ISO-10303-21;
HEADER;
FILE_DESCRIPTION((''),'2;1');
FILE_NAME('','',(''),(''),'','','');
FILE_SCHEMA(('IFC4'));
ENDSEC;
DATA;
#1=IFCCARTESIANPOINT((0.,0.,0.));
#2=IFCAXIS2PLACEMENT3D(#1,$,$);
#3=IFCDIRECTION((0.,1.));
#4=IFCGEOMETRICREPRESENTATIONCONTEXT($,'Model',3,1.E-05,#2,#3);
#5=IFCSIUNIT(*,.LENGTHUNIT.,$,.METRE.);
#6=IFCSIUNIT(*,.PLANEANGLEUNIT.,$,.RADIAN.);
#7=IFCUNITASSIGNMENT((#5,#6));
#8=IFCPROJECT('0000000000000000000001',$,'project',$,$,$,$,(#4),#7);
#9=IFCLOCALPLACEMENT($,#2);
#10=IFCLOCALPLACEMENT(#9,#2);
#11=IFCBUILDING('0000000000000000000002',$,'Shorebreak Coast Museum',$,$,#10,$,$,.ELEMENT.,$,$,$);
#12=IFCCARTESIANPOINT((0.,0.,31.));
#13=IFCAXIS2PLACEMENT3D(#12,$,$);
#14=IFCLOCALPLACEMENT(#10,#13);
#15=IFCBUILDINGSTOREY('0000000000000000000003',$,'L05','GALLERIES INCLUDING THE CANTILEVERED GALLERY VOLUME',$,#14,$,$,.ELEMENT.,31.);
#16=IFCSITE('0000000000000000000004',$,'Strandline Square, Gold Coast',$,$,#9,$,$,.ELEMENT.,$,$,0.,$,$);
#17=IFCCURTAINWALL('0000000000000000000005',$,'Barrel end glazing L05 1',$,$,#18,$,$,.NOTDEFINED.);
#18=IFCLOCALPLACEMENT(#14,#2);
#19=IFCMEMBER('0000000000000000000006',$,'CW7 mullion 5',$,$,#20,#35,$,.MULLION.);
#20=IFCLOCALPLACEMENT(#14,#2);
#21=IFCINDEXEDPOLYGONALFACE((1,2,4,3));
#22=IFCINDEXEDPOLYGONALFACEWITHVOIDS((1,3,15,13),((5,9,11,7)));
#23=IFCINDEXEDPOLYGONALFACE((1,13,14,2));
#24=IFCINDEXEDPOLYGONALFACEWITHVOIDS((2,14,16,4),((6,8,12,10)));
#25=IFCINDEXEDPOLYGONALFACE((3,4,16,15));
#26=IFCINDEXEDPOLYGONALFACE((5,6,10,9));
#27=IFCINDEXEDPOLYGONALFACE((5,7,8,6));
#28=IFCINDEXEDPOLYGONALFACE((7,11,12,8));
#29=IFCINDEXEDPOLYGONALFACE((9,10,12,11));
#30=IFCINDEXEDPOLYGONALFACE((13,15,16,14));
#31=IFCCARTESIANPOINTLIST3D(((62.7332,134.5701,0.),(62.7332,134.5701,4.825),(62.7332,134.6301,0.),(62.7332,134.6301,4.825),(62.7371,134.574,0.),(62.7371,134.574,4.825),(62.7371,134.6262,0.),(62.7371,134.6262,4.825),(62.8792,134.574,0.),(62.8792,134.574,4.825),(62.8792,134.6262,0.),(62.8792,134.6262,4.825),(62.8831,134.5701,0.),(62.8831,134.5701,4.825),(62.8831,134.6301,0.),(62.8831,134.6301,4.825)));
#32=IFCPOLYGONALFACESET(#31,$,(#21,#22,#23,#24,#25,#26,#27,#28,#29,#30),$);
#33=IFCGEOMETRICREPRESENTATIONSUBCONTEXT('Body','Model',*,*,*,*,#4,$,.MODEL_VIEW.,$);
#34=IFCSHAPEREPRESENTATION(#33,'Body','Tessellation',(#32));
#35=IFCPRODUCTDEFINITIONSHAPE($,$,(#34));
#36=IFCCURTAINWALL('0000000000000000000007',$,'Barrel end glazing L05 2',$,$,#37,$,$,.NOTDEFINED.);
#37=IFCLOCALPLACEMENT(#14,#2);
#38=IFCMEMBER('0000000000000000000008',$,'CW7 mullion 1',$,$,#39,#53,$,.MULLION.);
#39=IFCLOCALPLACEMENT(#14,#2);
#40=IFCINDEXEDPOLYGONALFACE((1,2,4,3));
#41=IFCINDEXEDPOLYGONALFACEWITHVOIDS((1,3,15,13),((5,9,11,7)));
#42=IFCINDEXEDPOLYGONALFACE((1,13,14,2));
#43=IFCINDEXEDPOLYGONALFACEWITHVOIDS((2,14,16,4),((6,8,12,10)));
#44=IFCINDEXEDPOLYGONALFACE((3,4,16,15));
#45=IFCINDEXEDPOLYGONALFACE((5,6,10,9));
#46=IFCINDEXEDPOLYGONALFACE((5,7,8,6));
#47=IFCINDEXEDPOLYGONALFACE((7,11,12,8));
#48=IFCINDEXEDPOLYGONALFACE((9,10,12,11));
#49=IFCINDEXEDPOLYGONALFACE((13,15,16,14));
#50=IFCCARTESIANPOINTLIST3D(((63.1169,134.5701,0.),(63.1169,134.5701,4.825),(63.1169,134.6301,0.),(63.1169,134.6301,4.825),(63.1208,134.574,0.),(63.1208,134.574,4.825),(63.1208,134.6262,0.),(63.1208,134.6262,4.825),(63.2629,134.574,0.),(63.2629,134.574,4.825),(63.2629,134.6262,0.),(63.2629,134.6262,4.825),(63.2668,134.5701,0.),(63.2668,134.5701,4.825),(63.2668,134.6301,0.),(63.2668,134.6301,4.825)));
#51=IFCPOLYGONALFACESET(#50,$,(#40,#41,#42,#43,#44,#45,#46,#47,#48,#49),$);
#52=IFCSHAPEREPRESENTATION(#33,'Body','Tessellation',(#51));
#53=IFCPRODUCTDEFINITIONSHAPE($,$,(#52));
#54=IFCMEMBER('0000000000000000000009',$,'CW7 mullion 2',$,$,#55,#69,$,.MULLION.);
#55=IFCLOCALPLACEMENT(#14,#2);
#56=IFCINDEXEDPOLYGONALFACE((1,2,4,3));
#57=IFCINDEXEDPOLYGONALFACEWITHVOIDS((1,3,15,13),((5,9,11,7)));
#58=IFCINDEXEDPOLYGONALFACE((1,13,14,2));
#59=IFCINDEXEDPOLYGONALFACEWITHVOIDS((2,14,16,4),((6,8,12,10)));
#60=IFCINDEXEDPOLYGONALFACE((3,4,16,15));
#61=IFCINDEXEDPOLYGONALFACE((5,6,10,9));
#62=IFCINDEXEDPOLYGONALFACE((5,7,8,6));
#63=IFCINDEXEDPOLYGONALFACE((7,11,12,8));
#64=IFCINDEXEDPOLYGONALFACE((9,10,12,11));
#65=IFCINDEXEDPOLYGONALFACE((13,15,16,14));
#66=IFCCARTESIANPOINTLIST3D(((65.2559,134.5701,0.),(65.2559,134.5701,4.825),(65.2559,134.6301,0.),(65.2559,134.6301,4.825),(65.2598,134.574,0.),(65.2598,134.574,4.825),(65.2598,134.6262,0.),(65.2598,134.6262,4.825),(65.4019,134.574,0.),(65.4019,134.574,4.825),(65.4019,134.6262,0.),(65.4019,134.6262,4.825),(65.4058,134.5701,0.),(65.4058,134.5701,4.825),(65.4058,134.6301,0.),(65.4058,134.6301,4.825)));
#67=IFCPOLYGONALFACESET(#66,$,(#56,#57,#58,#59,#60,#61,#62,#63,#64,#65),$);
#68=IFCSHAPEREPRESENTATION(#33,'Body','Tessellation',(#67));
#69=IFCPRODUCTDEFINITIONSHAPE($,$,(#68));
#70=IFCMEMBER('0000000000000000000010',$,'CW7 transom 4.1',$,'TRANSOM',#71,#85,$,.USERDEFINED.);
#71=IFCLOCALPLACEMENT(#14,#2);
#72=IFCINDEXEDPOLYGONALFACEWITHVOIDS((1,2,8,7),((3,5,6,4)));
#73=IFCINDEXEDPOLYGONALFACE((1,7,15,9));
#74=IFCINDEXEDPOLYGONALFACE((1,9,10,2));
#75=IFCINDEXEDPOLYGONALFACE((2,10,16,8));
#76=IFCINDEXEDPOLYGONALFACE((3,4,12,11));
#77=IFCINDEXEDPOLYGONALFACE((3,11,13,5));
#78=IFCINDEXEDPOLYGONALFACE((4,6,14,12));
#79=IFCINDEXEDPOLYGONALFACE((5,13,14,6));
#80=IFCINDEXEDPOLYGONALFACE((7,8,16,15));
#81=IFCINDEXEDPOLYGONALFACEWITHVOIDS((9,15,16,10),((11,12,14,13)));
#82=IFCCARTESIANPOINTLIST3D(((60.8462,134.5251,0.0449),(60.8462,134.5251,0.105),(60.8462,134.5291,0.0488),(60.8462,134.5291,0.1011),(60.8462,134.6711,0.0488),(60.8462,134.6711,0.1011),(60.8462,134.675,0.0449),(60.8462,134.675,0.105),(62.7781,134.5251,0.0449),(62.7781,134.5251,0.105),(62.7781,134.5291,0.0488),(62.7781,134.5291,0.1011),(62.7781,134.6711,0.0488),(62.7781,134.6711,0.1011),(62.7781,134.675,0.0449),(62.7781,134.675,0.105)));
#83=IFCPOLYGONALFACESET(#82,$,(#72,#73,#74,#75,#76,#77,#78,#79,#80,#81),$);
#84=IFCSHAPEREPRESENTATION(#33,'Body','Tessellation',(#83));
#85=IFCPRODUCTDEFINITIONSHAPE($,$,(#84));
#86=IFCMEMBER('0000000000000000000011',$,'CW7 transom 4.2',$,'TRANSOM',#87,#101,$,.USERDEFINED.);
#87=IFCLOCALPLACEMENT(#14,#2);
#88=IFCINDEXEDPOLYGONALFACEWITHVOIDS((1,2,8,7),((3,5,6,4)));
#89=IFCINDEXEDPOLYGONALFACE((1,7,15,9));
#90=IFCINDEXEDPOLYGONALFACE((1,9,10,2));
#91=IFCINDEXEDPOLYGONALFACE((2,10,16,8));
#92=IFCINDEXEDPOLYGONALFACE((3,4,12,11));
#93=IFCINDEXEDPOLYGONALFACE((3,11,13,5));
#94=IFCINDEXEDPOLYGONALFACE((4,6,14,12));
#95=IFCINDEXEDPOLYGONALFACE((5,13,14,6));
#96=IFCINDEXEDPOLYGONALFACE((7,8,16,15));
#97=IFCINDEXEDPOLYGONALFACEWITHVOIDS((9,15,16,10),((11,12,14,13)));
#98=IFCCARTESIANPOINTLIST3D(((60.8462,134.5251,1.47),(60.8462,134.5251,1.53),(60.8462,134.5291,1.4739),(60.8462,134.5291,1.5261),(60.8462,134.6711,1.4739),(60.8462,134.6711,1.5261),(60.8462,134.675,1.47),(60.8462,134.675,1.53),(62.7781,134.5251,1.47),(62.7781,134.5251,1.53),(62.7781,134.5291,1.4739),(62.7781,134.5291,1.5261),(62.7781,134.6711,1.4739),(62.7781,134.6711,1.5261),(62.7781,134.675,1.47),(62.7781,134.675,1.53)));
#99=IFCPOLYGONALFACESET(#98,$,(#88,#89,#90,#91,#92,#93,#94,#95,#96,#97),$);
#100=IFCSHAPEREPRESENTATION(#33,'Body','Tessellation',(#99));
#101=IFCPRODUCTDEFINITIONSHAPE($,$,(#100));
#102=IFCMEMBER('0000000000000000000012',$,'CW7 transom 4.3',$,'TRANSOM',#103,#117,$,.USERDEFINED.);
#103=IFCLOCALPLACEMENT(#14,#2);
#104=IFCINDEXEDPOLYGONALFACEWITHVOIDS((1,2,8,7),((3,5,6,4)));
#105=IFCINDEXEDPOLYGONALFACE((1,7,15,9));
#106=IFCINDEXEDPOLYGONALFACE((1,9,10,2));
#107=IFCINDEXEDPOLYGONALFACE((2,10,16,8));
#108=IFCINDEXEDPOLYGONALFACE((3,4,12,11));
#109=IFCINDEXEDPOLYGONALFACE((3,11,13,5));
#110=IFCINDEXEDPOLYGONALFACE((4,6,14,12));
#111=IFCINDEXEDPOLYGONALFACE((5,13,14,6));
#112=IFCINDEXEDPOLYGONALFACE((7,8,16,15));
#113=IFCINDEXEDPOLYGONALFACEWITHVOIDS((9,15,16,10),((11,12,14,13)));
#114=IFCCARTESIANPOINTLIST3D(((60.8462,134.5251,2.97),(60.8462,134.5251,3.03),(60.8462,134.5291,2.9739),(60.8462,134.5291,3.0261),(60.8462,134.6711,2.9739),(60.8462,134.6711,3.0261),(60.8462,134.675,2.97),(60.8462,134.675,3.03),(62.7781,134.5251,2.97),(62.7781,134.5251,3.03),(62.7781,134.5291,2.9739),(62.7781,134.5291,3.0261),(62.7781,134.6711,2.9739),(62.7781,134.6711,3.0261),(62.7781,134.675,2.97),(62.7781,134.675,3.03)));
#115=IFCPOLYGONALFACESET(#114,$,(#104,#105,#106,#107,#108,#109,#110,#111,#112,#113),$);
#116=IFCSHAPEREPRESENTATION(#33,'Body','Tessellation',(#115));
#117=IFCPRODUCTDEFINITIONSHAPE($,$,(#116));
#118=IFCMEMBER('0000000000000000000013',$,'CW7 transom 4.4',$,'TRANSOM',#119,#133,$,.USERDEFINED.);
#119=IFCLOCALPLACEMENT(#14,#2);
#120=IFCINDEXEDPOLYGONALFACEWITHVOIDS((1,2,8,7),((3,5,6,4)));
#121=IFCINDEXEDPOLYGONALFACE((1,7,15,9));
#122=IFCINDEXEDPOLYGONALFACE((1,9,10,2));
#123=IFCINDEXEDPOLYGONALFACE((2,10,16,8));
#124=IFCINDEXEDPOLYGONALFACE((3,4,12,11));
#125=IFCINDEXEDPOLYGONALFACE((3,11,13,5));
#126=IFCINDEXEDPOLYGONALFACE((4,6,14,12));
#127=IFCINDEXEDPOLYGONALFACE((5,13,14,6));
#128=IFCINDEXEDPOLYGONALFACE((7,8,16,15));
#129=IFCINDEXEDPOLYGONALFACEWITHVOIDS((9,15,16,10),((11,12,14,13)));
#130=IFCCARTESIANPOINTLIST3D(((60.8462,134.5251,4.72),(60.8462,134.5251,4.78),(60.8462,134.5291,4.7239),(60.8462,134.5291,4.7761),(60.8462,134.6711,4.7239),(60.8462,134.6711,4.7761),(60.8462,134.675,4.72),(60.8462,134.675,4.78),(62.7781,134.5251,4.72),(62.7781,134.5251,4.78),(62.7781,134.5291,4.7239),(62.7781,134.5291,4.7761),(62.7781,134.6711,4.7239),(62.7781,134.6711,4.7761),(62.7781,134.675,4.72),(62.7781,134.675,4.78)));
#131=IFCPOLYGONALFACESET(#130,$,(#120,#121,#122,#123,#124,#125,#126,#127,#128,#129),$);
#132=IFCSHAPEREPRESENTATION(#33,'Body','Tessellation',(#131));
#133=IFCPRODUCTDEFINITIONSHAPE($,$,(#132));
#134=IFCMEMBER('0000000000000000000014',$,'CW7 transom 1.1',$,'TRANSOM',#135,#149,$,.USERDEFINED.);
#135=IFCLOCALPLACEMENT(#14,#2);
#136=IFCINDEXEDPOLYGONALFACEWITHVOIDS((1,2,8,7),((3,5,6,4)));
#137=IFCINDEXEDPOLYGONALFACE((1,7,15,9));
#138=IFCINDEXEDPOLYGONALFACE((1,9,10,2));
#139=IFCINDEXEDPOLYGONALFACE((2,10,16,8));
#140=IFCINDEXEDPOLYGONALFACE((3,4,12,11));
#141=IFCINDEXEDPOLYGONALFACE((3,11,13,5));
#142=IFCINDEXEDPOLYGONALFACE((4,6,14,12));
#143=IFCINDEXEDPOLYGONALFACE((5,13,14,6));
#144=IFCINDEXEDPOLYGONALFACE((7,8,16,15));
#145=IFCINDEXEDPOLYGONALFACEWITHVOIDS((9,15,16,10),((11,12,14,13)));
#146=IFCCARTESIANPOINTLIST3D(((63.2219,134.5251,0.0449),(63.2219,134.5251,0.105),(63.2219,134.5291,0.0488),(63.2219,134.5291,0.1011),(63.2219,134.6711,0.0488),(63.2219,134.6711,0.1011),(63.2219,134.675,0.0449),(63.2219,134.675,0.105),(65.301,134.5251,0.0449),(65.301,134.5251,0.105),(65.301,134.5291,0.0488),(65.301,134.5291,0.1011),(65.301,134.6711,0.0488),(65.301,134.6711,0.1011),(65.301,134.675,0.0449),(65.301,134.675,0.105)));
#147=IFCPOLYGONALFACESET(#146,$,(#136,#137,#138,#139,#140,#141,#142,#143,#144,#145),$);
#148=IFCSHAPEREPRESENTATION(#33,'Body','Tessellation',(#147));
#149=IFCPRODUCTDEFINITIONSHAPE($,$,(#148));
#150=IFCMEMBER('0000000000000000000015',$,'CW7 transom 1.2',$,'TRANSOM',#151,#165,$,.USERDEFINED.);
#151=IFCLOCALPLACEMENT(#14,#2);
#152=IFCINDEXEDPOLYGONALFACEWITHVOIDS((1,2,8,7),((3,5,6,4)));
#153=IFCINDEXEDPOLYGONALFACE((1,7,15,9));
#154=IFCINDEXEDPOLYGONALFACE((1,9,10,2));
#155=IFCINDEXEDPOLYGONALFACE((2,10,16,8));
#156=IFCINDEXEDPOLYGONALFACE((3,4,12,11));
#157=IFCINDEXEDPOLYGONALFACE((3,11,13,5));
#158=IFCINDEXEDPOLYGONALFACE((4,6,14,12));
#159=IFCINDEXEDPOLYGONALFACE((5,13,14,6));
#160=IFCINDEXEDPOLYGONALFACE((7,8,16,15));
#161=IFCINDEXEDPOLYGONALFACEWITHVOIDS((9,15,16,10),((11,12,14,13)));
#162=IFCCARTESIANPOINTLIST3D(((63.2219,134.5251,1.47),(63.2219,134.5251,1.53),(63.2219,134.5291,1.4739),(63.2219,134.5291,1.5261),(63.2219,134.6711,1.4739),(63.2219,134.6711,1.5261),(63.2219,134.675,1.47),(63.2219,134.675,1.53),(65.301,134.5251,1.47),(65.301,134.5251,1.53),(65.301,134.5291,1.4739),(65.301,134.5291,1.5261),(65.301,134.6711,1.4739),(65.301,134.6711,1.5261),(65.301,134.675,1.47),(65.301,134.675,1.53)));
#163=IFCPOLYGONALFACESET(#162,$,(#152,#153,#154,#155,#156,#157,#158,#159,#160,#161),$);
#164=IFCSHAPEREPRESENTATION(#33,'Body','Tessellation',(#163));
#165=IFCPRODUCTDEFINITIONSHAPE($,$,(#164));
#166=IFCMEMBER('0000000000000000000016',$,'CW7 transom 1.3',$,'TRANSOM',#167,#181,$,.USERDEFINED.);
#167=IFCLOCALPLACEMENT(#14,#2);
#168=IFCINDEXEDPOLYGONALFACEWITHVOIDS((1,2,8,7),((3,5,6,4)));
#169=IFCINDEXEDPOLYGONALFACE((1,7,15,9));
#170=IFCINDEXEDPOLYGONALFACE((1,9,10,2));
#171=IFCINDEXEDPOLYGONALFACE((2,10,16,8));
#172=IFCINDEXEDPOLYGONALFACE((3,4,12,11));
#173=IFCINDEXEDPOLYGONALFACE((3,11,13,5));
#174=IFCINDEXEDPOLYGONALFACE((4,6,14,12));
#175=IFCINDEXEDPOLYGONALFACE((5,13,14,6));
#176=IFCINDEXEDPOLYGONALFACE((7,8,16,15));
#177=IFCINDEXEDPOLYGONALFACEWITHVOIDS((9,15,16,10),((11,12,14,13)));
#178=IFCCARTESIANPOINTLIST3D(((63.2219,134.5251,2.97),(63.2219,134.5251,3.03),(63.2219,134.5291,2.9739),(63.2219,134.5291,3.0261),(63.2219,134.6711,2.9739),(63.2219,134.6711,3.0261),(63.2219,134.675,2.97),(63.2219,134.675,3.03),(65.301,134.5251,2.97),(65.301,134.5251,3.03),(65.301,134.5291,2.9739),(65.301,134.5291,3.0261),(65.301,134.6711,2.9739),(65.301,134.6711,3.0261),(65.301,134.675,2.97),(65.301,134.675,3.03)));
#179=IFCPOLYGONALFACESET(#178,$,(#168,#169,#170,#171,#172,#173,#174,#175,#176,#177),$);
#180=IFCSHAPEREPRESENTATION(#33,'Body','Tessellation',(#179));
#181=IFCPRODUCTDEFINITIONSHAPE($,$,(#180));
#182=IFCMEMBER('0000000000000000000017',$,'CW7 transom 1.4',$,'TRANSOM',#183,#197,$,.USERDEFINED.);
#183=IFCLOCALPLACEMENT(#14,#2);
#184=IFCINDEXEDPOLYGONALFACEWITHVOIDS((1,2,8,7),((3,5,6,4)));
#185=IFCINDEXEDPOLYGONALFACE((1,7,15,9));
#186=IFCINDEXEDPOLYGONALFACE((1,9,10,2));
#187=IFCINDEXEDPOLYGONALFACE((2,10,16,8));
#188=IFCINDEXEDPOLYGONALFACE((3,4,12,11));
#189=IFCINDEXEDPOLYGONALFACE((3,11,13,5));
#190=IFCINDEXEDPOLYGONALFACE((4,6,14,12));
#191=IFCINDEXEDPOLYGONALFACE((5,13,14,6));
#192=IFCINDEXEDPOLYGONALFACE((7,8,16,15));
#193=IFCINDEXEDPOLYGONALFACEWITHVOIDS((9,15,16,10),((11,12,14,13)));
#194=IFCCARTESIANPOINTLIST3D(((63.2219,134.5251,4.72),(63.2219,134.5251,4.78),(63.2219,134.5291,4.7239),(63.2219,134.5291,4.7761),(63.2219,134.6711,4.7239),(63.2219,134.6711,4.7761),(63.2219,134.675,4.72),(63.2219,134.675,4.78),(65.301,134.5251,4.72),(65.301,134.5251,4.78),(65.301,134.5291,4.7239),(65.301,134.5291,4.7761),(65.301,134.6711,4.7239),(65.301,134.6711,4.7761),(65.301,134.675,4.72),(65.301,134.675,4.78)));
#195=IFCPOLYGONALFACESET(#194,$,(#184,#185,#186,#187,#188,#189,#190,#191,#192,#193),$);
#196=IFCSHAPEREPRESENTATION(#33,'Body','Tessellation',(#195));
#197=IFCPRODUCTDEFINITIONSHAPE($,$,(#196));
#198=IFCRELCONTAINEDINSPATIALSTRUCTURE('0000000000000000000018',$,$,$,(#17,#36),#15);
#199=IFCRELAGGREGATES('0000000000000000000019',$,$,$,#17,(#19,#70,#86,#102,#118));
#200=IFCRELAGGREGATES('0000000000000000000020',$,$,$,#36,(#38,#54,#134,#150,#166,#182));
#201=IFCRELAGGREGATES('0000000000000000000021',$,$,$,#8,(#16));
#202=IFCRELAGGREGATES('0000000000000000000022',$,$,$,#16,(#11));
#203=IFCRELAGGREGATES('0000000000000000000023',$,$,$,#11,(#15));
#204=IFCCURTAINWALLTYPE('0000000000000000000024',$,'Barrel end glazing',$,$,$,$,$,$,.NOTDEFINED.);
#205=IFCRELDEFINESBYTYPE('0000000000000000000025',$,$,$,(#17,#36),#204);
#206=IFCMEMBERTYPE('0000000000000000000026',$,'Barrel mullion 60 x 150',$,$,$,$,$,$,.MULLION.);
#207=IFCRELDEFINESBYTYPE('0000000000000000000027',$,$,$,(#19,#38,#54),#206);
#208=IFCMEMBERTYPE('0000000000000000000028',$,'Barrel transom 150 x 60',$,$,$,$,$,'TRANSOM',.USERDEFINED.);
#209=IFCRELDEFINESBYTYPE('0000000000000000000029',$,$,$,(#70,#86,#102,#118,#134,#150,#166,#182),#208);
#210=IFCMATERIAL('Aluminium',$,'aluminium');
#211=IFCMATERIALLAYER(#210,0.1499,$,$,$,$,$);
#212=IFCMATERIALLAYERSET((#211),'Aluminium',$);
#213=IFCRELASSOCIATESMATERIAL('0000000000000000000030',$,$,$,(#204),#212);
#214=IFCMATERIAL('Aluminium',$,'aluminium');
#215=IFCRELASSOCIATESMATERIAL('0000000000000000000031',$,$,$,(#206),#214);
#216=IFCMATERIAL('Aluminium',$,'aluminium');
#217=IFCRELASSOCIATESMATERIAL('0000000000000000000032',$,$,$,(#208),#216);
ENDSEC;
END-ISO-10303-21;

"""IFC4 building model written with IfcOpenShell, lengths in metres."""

from ifc_helpers import new_model, si_unit, direction, frame, origin, origin_2d, place, context, subcontext, project, spatial, hollow_rectangle, extrude, material, layer, layer_set, material_profile, profile_set, type_object, element, aggregate, save


model = new_model("IFC4")

# Units and contexts
model_context = context("Model", 3, precision=1e-05, world=origin(), true_north=direction((0.0, 1.0)))
body_context = subcontext(model_context, "Body", "Model", "MODEL_VIEW")
ifc_project = project(units=[si_unit("LENGTHUNIT", "METRE"), si_unit("PLANEANGLEUNIT", "RADIAN")], contexts=[model_context])

# Site, building, storey
site_placement = place(None, origin())
site = spatial("IfcSite", under=ifc_project, at=site_placement, Name="Strandline Square, Gold Coast", CompositionType="ELEMENT", RefElevation=0.0)
building_placement = place(site_placement, origin())
building = spatial("IfcBuilding", under=site, at=building_placement, Name="Shorebreak Coast Museum", CompositionType="ELEMENT")
storey_placement = place(building_placement, frame((0.0, 0.0, 31.0)))
storey = spatial("IfcBuildingStorey", under=building, at=storey_placement, Name="L05", Description="GALLERIES INCLUDING THE CANTILEVERED GALLERY VOLUME", CompositionType="ELEMENT", Elevation=31.0)

# Curtain wall, member
ifc_material_1 = material(Name="Aluminium", Category="aluminium")
ifc_layer_1 = layer(ifc_material_1, 0.1499)
ifc_layer_set_1 = layer_set([ifc_layer_1], Name="Aluminium")
curtain_wall_type = type_object("IfcCurtainWallType", Name="Barrel end glazing", PredefinedType="NOTDEFINED", material=ifc_layer_set_1)
curtain_wall_1_placement = place(storey_placement, origin())
curtain_wall_1 = element("IfcCurtainWall", 1, at=curtain_wall_1_placement, inside=storey, type_object=curtain_wall_type, Name="Barrel end glazing L05 1", PredefinedType="NOTDEFINED")
ifc_material_2 = material(Name="Aluminium", Category="aluminium")
ifc_material_profile_1 = material_profile(ifc_material_2, hollow_rectangle(XDim=0.0601, YDim=0.1499, WallThickness=0.0039, at=origin_2d()), Name="AL 150x60 RHS")
ifc_profile_set_1 = profile_set([ifc_material_profile_1], Name="Aluminium")
member_type_1 = type_object("IfcMemberType", Name="Barrel mullion 60 x 150", PredefinedType="MULLION", material=ifc_profile_set_1)
member_1_placement = place(storey_placement, frame((62.8081, 134.6001, 0.0), z_axis=(0.0, 0.0, 1.0), x_axis=(0.0, 1.0, 0.0)))
member_1 = element("IfcMember", 2, at=member_1_placement, type_object=member_type_1, Name="CW7 mullion 5", PredefinedType="MULLION", context=body_context, shape_type="SweptSolid", body=[
    extrude(hollow_rectangle(XDim=0.0601, YDim=0.1499, WallThickness=0.0039, at=origin_2d()), origin(), (0.0, 0.0, 1.0), 4.825),
])

# Curtain wall, members
curtain_wall_2_placement = place(storey_placement, origin())
curtain_wall_2 = element("IfcCurtainWall", 3, at=curtain_wall_2_placement, inside=storey, type_object=curtain_wall_type, Name="Barrel end glazing L05 2", PredefinedType="NOTDEFINED")
member_2_placement = place(storey_placement, frame((63.1919, 134.6001, 0.0), z_axis=(0.0, 0.0, 1.0), x_axis=(0.0, 1.0, 0.0)))
member_2 = element("IfcMember", 4, at=member_2_placement, type_object=member_type_1, Name="CW7 mullion 1", PredefinedType="MULLION", context=body_context, shape_type="SweptSolid", body=[
    extrude(hollow_rectangle(XDim=0.0601, YDim=0.1499, WallThickness=0.0039, at=origin_2d()), origin(), (0.0, 0.0, 1.0), 4.825),
])
member_3_placement = place(storey_placement, frame((65.3308, 134.6001, 0.0), z_axis=(0.0, 0.0, 1.0), x_axis=(0.0, 1.0, 0.0)))
member_3 = element("IfcMember", 5, at=member_3_placement, type_object=member_type_1, Name="CW7 mullion 2", PredefinedType="MULLION", context=body_context, shape_type="SweptSolid", body=[
    extrude(hollow_rectangle(XDim=0.0601, YDim=0.1499, WallThickness=0.0039, at=origin_2d()), origin(), (0.0, 0.0, 1.0), 4.825),
])

# Members
ifc_material_3 = material(Name="Aluminium", Category="aluminium")
ifc_material_profile_2 = material_profile(ifc_material_3, hollow_rectangle(XDim=0.1499, YDim=0.0601, WallThickness=0.0039, at=origin_2d()), Name="AL 60x150 RHS")
ifc_profile_set_2 = profile_set([ifc_material_profile_2], Name="Aluminium")
member_type_2 = type_object("IfcMemberType", Name="Barrel transom 150 x 60", ElementType="TRANSOM", PredefinedType="USERDEFINED", material=ifc_profile_set_2)
member_4_placement = place(storey_placement, frame((60.8462, 134.6001, 0.075), z_axis=(1.0, 0.0, 0.0), x_axis=(0.0, 1.0, 0.0)))
member_4 = element("IfcMember", 6, at=member_4_placement, type_object=member_type_2, Name="CW7 transom 4.1", ObjectType="TRANSOM", PredefinedType="USERDEFINED", context=body_context, shape_type="SweptSolid", body=[
    extrude(hollow_rectangle(XDim=0.1499, YDim=0.0601, WallThickness=0.0039, at=origin_2d()), origin(), (0.0, 0.0, 1.0), 1.9319),
])
member_5_placement = place(storey_placement, frame((60.8462, 134.6001, 1.5), z_axis=(1.0, 0.0, 0.0), x_axis=(0.0, 1.0, 0.0)))
member_5 = element("IfcMember", 7, at=member_5_placement, type_object=member_type_2, Name="CW7 transom 4.2", ObjectType="TRANSOM", PredefinedType="USERDEFINED", context=body_context, shape_type="SweptSolid", body=[
    extrude(hollow_rectangle(XDim=0.1499, YDim=0.0601, WallThickness=0.0039, at=origin_2d()), origin(), (0.0, 0.0, 1.0), 1.9319),
])
member_6_placement = place(storey_placement, frame((60.8462, 134.6001, 3.0), z_axis=(1.0, 0.0, 0.0), x_axis=(0.0, 1.0, 0.0)))
member_6 = element("IfcMember", 8, at=member_6_placement, type_object=member_type_2, Name="CW7 transom 4.3", ObjectType="TRANSOM", PredefinedType="USERDEFINED", context=body_context, shape_type="SweptSolid", body=[
    extrude(hollow_rectangle(XDim=0.1499, YDim=0.0601, WallThickness=0.0039, at=origin_2d()), origin(), (0.0, 0.0, 1.0), 1.9319),
])
member_7_placement = place(storey_placement, frame((60.8462, 134.6001, 4.75), z_axis=(1.0, 0.0, 0.0), x_axis=(0.0, 1.0, 0.0)))
member_7 = element("IfcMember", 9, at=member_7_placement, type_object=member_type_2, Name="CW7 transom 4.4", ObjectType="TRANSOM", PredefinedType="USERDEFINED", context=body_context, shape_type="SweptSolid", body=[
    extrude(hollow_rectangle(XDim=0.1499, YDim=0.0601, WallThickness=0.0039, at=origin_2d()), origin(), (0.0, 0.0, 1.0), 1.9319),
])
member_8_placement = place(storey_placement, frame((63.2219, 134.6001, 0.075), z_axis=(1.0, 0.0, 0.0), x_axis=(0.0, 1.0, 0.0)))
member_8 = element("IfcMember", 10, at=member_8_placement, type_object=member_type_2, Name="CW7 transom 1.1", ObjectType="TRANSOM", PredefinedType="USERDEFINED", context=body_context, shape_type="SweptSolid", body=[
    extrude(hollow_rectangle(XDim=0.1499, YDim=0.0601, WallThickness=0.0039, at=origin_2d()), origin(), (0.0, 0.0, 1.0), 2.0791),
])
member_9_placement = place(storey_placement, frame((63.2219, 134.6001, 1.5), z_axis=(1.0, 0.0, 0.0), x_axis=(0.0, 1.0, 0.0)))
member_9 = element("IfcMember", 11, at=member_9_placement, type_object=member_type_2, Name="CW7 transom 1.2", ObjectType="TRANSOM", PredefinedType="USERDEFINED", context=body_context, shape_type="SweptSolid", body=[
    extrude(hollow_rectangle(XDim=0.1499, YDim=0.0601, WallThickness=0.0039, at=origin_2d()), origin(), (0.0, 0.0, 1.0), 2.0791),
])
member_10_placement = place(storey_placement, frame((63.2219, 134.6001, 3.0), z_axis=(1.0, 0.0, 0.0), x_axis=(0.0, 1.0, 0.0)))
member_10 = element("IfcMember", 12, at=member_10_placement, type_object=member_type_2, Name="CW7 transom 1.3", ObjectType="TRANSOM", PredefinedType="USERDEFINED", context=body_context, shape_type="SweptSolid", body=[
    extrude(hollow_rectangle(XDim=0.1499, YDim=0.0601, WallThickness=0.0039, at=origin_2d()), origin(), (0.0, 0.0, 1.0), 2.0791),
])
member_11_placement = place(storey_placement, frame((63.2219, 134.6001, 4.75), z_axis=(1.0, 0.0, 0.0), x_axis=(0.0, 1.0, 0.0)))
member_11 = element("IfcMember", 13, at=member_11_placement, type_object=member_type_2, Name="CW7 transom 1.4", ObjectType="TRANSOM", PredefinedType="USERDEFINED", context=body_context, shape_type="SweptSolid", body=[
    extrude(hollow_rectangle(XDim=0.1499, YDim=0.0601, WallThickness=0.0039, at=origin_2d()), origin(), (0.0, 0.0, 1.0), 2.0791),
])

aggregate(curtain_wall_1, [member_1, member_4, member_5, member_6, member_7])
aggregate(curtain_wall_2, [member_2, member_3, member_8, member_9, member_10, member_11])

save(model, "model.ifc")
